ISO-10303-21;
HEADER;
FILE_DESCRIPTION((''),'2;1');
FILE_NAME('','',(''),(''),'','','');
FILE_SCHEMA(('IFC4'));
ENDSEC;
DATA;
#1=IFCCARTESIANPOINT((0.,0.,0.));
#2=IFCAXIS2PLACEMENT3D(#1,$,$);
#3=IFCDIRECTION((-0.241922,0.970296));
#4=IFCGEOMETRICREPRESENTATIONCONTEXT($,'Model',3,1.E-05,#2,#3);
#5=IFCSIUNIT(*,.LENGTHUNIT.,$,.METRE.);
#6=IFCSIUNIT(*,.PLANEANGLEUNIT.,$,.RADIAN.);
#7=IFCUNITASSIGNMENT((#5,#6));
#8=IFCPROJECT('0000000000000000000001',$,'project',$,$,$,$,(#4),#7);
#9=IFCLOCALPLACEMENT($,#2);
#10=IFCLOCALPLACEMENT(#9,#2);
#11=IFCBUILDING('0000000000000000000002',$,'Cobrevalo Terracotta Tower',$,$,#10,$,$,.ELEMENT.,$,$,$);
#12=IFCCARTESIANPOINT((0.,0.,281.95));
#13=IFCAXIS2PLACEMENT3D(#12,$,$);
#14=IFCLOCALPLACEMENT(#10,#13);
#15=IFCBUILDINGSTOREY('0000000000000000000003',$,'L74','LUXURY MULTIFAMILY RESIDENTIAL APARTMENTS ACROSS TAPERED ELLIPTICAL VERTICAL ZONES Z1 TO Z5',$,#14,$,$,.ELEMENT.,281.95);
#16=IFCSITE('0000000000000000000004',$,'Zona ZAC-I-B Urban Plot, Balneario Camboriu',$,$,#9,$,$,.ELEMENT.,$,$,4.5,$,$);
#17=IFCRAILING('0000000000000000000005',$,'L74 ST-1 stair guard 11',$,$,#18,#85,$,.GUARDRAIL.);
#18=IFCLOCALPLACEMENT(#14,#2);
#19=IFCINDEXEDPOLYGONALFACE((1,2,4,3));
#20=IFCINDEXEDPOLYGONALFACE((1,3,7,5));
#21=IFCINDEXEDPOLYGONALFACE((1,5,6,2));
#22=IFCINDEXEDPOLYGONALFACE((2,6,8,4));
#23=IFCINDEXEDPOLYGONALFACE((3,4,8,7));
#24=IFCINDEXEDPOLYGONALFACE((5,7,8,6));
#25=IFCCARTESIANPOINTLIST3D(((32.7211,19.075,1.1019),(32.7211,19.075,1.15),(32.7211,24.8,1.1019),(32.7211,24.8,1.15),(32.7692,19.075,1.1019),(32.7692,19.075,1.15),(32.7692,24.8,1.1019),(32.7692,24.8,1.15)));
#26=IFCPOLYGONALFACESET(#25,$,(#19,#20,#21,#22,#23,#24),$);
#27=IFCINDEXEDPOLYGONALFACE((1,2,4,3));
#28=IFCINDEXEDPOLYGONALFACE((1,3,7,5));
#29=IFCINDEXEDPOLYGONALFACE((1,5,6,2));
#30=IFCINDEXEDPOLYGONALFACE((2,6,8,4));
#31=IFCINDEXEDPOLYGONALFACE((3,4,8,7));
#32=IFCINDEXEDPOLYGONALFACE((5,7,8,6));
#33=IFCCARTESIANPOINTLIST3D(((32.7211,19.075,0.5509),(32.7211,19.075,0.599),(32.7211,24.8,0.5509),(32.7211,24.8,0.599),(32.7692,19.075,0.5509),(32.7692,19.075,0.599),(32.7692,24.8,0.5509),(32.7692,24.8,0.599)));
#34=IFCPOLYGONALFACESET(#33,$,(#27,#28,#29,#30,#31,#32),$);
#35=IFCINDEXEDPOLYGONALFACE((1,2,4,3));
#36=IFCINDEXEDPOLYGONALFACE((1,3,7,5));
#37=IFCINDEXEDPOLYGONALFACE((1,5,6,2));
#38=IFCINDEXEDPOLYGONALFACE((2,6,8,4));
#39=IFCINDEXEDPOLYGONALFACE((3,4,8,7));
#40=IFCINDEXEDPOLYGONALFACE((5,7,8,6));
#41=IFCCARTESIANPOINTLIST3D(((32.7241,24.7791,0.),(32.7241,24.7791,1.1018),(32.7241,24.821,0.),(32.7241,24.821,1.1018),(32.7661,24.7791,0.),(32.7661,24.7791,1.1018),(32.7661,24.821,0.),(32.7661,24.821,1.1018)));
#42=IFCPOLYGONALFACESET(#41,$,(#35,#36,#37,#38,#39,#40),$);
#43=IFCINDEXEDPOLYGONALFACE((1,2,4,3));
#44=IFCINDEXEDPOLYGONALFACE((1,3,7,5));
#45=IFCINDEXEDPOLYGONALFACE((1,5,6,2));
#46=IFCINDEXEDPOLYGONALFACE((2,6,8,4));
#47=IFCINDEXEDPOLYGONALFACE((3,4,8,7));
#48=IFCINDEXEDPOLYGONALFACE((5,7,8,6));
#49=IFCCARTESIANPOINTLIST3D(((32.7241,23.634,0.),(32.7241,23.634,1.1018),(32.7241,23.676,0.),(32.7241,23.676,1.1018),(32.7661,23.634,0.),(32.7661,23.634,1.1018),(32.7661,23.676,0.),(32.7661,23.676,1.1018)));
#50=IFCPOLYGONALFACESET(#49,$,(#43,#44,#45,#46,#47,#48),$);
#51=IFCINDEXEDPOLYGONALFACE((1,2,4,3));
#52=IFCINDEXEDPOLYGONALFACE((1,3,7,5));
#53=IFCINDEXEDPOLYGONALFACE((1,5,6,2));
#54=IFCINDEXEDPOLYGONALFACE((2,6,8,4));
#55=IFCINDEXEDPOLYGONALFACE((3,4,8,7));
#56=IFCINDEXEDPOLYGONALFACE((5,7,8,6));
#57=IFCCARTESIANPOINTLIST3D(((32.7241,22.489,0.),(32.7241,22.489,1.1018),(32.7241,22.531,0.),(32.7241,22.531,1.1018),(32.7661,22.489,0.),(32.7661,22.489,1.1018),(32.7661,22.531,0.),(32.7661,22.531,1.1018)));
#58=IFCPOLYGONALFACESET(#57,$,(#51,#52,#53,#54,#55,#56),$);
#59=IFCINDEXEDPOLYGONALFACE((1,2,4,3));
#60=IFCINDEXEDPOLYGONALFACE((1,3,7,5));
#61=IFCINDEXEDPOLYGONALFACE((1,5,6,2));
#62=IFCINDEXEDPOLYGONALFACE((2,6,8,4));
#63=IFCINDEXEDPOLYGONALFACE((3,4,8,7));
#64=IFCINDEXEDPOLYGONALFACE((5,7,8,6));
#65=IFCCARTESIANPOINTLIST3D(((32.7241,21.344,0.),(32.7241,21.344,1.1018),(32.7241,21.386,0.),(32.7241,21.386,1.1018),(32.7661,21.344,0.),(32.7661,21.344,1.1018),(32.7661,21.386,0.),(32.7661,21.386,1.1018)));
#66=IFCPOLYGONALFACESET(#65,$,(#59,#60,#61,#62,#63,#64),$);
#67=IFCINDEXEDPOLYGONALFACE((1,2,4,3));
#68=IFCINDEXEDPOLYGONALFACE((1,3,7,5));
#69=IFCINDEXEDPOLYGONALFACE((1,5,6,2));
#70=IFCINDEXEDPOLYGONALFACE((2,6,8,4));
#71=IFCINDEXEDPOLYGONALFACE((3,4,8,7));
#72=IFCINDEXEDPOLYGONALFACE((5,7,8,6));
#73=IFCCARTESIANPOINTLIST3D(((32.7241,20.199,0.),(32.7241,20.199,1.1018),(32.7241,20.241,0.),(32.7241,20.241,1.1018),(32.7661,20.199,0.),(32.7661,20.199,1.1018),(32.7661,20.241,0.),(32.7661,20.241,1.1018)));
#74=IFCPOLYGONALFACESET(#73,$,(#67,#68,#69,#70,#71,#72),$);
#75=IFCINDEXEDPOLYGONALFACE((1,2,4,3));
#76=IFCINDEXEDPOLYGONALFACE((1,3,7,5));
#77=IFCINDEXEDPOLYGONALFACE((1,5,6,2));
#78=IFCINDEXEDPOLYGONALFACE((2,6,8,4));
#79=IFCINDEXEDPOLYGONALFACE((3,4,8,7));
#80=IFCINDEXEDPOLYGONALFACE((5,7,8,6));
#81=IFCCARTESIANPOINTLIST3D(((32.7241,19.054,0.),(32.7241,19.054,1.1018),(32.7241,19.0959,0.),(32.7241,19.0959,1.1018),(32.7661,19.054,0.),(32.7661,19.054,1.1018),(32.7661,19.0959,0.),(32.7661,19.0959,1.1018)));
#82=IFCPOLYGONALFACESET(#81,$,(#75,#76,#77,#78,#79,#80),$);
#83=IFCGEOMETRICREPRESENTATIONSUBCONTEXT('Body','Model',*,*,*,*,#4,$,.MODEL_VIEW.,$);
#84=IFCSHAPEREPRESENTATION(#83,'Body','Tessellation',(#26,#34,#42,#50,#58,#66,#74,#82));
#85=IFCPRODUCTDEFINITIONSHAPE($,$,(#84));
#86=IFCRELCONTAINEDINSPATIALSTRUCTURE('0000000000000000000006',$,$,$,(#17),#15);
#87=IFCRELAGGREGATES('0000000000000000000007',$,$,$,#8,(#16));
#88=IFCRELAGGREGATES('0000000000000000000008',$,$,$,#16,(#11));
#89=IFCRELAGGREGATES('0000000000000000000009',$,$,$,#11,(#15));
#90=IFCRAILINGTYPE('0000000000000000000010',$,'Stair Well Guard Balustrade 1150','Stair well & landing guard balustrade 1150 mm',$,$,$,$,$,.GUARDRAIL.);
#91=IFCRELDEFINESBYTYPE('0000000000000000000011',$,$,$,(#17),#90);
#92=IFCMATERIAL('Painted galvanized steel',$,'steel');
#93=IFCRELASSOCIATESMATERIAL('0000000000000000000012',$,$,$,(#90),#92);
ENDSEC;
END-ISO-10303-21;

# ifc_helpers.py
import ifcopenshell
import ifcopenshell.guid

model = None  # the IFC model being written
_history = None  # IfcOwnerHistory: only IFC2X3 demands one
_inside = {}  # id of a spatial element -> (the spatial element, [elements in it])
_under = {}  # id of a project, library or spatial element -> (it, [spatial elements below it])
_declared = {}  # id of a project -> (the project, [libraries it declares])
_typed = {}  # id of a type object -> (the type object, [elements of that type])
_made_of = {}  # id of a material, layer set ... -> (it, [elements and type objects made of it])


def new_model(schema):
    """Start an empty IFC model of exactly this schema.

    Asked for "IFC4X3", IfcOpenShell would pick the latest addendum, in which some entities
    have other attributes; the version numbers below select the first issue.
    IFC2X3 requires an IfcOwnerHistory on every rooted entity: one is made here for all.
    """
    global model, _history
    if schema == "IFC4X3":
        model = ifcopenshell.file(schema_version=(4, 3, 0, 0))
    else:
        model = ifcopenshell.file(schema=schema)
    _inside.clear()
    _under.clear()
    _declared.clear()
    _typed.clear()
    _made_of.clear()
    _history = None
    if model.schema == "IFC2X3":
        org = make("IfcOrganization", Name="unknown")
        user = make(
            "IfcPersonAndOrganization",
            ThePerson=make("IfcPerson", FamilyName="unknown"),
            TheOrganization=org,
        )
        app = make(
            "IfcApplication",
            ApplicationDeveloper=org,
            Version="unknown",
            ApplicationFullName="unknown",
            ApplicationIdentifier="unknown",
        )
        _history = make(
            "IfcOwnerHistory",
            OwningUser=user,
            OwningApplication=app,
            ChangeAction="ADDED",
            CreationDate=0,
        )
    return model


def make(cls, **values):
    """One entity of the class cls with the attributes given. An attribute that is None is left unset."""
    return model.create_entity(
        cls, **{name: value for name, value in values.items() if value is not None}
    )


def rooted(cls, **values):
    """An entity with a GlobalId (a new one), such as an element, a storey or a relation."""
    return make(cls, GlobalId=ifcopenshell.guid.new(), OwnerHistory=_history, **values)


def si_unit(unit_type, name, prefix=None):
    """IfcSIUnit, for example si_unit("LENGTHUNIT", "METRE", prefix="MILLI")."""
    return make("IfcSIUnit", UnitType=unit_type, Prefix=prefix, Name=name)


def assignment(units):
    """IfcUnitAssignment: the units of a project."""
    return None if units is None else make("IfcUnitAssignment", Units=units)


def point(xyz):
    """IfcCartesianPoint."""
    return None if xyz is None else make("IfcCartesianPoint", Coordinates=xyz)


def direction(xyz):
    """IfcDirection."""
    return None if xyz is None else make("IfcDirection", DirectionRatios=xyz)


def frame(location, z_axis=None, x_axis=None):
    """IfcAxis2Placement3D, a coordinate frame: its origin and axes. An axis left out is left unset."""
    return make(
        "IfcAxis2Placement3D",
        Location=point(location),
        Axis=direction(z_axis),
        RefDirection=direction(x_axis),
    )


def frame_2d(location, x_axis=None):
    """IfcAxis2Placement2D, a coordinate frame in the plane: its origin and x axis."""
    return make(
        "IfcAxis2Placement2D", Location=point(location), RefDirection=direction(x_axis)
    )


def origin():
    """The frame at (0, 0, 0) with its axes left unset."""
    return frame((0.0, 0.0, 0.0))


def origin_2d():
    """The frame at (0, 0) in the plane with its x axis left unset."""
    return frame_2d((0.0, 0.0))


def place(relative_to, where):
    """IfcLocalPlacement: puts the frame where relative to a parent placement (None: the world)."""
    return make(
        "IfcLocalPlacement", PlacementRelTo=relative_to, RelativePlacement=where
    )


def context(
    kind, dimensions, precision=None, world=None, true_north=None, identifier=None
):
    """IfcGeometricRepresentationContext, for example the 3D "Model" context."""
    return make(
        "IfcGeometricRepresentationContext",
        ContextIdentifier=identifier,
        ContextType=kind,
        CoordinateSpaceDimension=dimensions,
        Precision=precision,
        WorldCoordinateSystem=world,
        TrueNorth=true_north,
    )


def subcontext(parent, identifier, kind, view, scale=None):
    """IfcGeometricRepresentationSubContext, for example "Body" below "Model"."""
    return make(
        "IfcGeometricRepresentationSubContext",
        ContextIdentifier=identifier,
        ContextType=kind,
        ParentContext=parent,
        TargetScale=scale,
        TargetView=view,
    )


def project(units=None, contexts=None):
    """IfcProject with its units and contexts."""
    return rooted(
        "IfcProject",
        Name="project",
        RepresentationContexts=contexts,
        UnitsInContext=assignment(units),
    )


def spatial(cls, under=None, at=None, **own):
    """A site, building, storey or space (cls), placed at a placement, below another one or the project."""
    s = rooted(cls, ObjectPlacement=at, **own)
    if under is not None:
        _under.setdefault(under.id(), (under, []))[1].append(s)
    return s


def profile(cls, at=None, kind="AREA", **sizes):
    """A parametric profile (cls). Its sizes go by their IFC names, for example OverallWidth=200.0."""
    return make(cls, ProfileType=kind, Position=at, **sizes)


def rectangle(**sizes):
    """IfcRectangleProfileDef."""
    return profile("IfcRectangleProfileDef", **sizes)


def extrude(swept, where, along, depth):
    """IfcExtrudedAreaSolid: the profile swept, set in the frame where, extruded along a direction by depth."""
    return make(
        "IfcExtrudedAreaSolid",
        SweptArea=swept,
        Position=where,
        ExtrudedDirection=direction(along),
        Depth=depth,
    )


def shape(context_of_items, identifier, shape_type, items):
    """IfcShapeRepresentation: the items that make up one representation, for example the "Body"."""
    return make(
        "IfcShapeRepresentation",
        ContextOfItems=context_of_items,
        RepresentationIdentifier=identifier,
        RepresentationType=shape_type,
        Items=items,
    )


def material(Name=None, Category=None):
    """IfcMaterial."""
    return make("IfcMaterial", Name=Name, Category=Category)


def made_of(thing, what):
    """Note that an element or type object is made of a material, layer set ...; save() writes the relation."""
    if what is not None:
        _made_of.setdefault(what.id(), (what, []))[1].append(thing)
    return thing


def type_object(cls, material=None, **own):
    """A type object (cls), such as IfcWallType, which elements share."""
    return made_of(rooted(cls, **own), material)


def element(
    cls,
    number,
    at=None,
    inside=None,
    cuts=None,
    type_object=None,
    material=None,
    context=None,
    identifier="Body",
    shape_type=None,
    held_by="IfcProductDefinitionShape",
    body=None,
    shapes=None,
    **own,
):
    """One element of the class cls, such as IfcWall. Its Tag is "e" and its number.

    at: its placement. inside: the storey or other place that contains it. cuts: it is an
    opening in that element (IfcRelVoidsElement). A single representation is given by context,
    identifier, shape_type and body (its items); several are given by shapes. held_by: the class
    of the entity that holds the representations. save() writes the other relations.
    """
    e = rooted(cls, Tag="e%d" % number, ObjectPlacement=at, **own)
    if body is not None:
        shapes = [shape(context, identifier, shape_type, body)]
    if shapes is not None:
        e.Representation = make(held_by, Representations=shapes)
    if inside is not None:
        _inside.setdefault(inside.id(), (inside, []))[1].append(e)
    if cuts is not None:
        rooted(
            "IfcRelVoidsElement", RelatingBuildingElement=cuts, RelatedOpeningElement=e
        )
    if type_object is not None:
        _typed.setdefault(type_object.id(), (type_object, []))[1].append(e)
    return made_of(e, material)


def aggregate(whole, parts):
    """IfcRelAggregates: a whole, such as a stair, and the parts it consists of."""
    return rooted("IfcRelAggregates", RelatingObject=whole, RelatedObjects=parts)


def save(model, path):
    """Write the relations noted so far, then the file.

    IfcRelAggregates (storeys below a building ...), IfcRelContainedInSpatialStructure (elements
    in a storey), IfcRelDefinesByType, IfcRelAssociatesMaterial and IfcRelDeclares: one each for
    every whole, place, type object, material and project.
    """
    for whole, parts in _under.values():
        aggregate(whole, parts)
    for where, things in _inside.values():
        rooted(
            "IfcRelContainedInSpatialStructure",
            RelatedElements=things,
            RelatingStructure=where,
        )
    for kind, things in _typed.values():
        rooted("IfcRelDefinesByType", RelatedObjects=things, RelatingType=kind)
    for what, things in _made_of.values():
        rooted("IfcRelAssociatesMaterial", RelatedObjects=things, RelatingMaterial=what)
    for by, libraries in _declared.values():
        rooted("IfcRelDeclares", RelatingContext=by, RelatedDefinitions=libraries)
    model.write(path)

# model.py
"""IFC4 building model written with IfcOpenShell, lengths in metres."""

from ifc_helpers import new_model, si_unit, direction, frame, origin, origin_2d, place, context, subcontext, project, spatial, rectangle, extrude, material, type_object, element, save


model = new_model("IFC4")

# Units and contexts
model_context = context("Model", 3, precision=1e-05, world=origin(), true_north=direction((-0.241922, 0.970296)))
body_context = subcontext(model_context, "Body", "Model", "MODEL_VIEW")
ifc_project = project(units=[si_unit("LENGTHUNIT", "METRE"), si_unit("PLANEANGLEUNIT", "RADIAN")], contexts=[model_context])

# Site, building, storey
site_placement = place(None, origin())
site = spatial("IfcSite", under=ifc_project, at=site_placement, Name="Zona ZAC-I-B Urban Plot, Balneario Camboriu", CompositionType="ELEMENT", RefElevation=4.5)
building_placement = place(site_placement, origin())
building = spatial("IfcBuilding", under=site, at=building_placement, Name="Cobrevalo Terracotta Tower", CompositionType="ELEMENT")
storey_placement = place(building_placement, frame((0.0, 0.0, 281.95)))
storey = spatial("IfcBuildingStorey", under=building, at=storey_placement, Name="L74", Description="LUXURY MULTIFAMILY RESIDENTIAL APARTMENTS ACROSS TAPERED ELLIPTICAL VERTICAL ZONES Z1 TO Z5", CompositionType="ELEMENT", Elevation=281.95)

# Railing
ifc_material_1 = material(Name="Painted galvanized steel", Category="steel")
railing_type_1 = type_object("IfcRailingType", Name="Stair Well Guard Balustrade 1150", Description="Stair well & landing guard balustrade 1150 mm", PredefinedType="GUARDRAIL", material=ifc_material_1)
for number, where, name in (
    (1, (32.7451, 24.8, 0.0), "L74 ST-1 stair guard 11"),
):
    element("IfcRailing", number, at=place(storey_placement, frame(where)), inside=storey, type_object=railing_type_1, Name=name, PredefinedType="GUARDRAIL", context=body_context, shape_type="SweptSolid", body=[
        extrude(rectangle(XDim=0.0481, YDim=0.0481, at=origin_2d()), frame((0.0, 0.0, 1.126), z_axis=(0.0, -1.0, 0.0), x_axis=(1.0, 0.0, 0.0)), (0.0, 0.0, 1.0), 5.7251),
        extrude(rectangle(XDim=0.0481, YDim=0.0481, at=origin_2d()), frame((0.0, 0.0, 0.575), z_axis=(0.0, -1.0, 0.0), x_axis=(1.0, 0.0, 0.0)), (0.0, 0.0, 1.0), 5.7251),
        extrude(rectangle(XDim=0.042, YDim=0.042, at=origin_2d()), origin(), (0.0, 0.0, 1.0), 1.1018),
        extrude(rectangle(XDim=0.042, YDim=0.042, at=origin_2d()), frame((0.0, -1.145, 0.0)), (0.0, 0.0, 1.0), 1.1018),
        extrude(rectangle(XDim=0.042, YDim=0.042, at=origin_2d()), frame((0.0, -2.29, 0.0)), (0.0, 0.0, 1.0), 1.1018),
        extrude(rectangle(XDim=0.042, YDim=0.042, at=origin_2d()), frame((0.0, -3.4351, 0.0)), (0.0, 0.0, 1.0), 1.1018),
        extrude(rectangle(XDim=0.042, YDim=0.042, at=origin_2d()), frame((0.0, -4.5801, 0.0)), (0.0, 0.0, 1.0), 1.1018),
        extrude(rectangle(XDim=0.042, YDim=0.042, at=origin_2d()), frame((0.0, -5.7251, 0.0)), (0.0, 0.0, 1.0), 1.1018),
    ])

save(model, "model.ifc")
